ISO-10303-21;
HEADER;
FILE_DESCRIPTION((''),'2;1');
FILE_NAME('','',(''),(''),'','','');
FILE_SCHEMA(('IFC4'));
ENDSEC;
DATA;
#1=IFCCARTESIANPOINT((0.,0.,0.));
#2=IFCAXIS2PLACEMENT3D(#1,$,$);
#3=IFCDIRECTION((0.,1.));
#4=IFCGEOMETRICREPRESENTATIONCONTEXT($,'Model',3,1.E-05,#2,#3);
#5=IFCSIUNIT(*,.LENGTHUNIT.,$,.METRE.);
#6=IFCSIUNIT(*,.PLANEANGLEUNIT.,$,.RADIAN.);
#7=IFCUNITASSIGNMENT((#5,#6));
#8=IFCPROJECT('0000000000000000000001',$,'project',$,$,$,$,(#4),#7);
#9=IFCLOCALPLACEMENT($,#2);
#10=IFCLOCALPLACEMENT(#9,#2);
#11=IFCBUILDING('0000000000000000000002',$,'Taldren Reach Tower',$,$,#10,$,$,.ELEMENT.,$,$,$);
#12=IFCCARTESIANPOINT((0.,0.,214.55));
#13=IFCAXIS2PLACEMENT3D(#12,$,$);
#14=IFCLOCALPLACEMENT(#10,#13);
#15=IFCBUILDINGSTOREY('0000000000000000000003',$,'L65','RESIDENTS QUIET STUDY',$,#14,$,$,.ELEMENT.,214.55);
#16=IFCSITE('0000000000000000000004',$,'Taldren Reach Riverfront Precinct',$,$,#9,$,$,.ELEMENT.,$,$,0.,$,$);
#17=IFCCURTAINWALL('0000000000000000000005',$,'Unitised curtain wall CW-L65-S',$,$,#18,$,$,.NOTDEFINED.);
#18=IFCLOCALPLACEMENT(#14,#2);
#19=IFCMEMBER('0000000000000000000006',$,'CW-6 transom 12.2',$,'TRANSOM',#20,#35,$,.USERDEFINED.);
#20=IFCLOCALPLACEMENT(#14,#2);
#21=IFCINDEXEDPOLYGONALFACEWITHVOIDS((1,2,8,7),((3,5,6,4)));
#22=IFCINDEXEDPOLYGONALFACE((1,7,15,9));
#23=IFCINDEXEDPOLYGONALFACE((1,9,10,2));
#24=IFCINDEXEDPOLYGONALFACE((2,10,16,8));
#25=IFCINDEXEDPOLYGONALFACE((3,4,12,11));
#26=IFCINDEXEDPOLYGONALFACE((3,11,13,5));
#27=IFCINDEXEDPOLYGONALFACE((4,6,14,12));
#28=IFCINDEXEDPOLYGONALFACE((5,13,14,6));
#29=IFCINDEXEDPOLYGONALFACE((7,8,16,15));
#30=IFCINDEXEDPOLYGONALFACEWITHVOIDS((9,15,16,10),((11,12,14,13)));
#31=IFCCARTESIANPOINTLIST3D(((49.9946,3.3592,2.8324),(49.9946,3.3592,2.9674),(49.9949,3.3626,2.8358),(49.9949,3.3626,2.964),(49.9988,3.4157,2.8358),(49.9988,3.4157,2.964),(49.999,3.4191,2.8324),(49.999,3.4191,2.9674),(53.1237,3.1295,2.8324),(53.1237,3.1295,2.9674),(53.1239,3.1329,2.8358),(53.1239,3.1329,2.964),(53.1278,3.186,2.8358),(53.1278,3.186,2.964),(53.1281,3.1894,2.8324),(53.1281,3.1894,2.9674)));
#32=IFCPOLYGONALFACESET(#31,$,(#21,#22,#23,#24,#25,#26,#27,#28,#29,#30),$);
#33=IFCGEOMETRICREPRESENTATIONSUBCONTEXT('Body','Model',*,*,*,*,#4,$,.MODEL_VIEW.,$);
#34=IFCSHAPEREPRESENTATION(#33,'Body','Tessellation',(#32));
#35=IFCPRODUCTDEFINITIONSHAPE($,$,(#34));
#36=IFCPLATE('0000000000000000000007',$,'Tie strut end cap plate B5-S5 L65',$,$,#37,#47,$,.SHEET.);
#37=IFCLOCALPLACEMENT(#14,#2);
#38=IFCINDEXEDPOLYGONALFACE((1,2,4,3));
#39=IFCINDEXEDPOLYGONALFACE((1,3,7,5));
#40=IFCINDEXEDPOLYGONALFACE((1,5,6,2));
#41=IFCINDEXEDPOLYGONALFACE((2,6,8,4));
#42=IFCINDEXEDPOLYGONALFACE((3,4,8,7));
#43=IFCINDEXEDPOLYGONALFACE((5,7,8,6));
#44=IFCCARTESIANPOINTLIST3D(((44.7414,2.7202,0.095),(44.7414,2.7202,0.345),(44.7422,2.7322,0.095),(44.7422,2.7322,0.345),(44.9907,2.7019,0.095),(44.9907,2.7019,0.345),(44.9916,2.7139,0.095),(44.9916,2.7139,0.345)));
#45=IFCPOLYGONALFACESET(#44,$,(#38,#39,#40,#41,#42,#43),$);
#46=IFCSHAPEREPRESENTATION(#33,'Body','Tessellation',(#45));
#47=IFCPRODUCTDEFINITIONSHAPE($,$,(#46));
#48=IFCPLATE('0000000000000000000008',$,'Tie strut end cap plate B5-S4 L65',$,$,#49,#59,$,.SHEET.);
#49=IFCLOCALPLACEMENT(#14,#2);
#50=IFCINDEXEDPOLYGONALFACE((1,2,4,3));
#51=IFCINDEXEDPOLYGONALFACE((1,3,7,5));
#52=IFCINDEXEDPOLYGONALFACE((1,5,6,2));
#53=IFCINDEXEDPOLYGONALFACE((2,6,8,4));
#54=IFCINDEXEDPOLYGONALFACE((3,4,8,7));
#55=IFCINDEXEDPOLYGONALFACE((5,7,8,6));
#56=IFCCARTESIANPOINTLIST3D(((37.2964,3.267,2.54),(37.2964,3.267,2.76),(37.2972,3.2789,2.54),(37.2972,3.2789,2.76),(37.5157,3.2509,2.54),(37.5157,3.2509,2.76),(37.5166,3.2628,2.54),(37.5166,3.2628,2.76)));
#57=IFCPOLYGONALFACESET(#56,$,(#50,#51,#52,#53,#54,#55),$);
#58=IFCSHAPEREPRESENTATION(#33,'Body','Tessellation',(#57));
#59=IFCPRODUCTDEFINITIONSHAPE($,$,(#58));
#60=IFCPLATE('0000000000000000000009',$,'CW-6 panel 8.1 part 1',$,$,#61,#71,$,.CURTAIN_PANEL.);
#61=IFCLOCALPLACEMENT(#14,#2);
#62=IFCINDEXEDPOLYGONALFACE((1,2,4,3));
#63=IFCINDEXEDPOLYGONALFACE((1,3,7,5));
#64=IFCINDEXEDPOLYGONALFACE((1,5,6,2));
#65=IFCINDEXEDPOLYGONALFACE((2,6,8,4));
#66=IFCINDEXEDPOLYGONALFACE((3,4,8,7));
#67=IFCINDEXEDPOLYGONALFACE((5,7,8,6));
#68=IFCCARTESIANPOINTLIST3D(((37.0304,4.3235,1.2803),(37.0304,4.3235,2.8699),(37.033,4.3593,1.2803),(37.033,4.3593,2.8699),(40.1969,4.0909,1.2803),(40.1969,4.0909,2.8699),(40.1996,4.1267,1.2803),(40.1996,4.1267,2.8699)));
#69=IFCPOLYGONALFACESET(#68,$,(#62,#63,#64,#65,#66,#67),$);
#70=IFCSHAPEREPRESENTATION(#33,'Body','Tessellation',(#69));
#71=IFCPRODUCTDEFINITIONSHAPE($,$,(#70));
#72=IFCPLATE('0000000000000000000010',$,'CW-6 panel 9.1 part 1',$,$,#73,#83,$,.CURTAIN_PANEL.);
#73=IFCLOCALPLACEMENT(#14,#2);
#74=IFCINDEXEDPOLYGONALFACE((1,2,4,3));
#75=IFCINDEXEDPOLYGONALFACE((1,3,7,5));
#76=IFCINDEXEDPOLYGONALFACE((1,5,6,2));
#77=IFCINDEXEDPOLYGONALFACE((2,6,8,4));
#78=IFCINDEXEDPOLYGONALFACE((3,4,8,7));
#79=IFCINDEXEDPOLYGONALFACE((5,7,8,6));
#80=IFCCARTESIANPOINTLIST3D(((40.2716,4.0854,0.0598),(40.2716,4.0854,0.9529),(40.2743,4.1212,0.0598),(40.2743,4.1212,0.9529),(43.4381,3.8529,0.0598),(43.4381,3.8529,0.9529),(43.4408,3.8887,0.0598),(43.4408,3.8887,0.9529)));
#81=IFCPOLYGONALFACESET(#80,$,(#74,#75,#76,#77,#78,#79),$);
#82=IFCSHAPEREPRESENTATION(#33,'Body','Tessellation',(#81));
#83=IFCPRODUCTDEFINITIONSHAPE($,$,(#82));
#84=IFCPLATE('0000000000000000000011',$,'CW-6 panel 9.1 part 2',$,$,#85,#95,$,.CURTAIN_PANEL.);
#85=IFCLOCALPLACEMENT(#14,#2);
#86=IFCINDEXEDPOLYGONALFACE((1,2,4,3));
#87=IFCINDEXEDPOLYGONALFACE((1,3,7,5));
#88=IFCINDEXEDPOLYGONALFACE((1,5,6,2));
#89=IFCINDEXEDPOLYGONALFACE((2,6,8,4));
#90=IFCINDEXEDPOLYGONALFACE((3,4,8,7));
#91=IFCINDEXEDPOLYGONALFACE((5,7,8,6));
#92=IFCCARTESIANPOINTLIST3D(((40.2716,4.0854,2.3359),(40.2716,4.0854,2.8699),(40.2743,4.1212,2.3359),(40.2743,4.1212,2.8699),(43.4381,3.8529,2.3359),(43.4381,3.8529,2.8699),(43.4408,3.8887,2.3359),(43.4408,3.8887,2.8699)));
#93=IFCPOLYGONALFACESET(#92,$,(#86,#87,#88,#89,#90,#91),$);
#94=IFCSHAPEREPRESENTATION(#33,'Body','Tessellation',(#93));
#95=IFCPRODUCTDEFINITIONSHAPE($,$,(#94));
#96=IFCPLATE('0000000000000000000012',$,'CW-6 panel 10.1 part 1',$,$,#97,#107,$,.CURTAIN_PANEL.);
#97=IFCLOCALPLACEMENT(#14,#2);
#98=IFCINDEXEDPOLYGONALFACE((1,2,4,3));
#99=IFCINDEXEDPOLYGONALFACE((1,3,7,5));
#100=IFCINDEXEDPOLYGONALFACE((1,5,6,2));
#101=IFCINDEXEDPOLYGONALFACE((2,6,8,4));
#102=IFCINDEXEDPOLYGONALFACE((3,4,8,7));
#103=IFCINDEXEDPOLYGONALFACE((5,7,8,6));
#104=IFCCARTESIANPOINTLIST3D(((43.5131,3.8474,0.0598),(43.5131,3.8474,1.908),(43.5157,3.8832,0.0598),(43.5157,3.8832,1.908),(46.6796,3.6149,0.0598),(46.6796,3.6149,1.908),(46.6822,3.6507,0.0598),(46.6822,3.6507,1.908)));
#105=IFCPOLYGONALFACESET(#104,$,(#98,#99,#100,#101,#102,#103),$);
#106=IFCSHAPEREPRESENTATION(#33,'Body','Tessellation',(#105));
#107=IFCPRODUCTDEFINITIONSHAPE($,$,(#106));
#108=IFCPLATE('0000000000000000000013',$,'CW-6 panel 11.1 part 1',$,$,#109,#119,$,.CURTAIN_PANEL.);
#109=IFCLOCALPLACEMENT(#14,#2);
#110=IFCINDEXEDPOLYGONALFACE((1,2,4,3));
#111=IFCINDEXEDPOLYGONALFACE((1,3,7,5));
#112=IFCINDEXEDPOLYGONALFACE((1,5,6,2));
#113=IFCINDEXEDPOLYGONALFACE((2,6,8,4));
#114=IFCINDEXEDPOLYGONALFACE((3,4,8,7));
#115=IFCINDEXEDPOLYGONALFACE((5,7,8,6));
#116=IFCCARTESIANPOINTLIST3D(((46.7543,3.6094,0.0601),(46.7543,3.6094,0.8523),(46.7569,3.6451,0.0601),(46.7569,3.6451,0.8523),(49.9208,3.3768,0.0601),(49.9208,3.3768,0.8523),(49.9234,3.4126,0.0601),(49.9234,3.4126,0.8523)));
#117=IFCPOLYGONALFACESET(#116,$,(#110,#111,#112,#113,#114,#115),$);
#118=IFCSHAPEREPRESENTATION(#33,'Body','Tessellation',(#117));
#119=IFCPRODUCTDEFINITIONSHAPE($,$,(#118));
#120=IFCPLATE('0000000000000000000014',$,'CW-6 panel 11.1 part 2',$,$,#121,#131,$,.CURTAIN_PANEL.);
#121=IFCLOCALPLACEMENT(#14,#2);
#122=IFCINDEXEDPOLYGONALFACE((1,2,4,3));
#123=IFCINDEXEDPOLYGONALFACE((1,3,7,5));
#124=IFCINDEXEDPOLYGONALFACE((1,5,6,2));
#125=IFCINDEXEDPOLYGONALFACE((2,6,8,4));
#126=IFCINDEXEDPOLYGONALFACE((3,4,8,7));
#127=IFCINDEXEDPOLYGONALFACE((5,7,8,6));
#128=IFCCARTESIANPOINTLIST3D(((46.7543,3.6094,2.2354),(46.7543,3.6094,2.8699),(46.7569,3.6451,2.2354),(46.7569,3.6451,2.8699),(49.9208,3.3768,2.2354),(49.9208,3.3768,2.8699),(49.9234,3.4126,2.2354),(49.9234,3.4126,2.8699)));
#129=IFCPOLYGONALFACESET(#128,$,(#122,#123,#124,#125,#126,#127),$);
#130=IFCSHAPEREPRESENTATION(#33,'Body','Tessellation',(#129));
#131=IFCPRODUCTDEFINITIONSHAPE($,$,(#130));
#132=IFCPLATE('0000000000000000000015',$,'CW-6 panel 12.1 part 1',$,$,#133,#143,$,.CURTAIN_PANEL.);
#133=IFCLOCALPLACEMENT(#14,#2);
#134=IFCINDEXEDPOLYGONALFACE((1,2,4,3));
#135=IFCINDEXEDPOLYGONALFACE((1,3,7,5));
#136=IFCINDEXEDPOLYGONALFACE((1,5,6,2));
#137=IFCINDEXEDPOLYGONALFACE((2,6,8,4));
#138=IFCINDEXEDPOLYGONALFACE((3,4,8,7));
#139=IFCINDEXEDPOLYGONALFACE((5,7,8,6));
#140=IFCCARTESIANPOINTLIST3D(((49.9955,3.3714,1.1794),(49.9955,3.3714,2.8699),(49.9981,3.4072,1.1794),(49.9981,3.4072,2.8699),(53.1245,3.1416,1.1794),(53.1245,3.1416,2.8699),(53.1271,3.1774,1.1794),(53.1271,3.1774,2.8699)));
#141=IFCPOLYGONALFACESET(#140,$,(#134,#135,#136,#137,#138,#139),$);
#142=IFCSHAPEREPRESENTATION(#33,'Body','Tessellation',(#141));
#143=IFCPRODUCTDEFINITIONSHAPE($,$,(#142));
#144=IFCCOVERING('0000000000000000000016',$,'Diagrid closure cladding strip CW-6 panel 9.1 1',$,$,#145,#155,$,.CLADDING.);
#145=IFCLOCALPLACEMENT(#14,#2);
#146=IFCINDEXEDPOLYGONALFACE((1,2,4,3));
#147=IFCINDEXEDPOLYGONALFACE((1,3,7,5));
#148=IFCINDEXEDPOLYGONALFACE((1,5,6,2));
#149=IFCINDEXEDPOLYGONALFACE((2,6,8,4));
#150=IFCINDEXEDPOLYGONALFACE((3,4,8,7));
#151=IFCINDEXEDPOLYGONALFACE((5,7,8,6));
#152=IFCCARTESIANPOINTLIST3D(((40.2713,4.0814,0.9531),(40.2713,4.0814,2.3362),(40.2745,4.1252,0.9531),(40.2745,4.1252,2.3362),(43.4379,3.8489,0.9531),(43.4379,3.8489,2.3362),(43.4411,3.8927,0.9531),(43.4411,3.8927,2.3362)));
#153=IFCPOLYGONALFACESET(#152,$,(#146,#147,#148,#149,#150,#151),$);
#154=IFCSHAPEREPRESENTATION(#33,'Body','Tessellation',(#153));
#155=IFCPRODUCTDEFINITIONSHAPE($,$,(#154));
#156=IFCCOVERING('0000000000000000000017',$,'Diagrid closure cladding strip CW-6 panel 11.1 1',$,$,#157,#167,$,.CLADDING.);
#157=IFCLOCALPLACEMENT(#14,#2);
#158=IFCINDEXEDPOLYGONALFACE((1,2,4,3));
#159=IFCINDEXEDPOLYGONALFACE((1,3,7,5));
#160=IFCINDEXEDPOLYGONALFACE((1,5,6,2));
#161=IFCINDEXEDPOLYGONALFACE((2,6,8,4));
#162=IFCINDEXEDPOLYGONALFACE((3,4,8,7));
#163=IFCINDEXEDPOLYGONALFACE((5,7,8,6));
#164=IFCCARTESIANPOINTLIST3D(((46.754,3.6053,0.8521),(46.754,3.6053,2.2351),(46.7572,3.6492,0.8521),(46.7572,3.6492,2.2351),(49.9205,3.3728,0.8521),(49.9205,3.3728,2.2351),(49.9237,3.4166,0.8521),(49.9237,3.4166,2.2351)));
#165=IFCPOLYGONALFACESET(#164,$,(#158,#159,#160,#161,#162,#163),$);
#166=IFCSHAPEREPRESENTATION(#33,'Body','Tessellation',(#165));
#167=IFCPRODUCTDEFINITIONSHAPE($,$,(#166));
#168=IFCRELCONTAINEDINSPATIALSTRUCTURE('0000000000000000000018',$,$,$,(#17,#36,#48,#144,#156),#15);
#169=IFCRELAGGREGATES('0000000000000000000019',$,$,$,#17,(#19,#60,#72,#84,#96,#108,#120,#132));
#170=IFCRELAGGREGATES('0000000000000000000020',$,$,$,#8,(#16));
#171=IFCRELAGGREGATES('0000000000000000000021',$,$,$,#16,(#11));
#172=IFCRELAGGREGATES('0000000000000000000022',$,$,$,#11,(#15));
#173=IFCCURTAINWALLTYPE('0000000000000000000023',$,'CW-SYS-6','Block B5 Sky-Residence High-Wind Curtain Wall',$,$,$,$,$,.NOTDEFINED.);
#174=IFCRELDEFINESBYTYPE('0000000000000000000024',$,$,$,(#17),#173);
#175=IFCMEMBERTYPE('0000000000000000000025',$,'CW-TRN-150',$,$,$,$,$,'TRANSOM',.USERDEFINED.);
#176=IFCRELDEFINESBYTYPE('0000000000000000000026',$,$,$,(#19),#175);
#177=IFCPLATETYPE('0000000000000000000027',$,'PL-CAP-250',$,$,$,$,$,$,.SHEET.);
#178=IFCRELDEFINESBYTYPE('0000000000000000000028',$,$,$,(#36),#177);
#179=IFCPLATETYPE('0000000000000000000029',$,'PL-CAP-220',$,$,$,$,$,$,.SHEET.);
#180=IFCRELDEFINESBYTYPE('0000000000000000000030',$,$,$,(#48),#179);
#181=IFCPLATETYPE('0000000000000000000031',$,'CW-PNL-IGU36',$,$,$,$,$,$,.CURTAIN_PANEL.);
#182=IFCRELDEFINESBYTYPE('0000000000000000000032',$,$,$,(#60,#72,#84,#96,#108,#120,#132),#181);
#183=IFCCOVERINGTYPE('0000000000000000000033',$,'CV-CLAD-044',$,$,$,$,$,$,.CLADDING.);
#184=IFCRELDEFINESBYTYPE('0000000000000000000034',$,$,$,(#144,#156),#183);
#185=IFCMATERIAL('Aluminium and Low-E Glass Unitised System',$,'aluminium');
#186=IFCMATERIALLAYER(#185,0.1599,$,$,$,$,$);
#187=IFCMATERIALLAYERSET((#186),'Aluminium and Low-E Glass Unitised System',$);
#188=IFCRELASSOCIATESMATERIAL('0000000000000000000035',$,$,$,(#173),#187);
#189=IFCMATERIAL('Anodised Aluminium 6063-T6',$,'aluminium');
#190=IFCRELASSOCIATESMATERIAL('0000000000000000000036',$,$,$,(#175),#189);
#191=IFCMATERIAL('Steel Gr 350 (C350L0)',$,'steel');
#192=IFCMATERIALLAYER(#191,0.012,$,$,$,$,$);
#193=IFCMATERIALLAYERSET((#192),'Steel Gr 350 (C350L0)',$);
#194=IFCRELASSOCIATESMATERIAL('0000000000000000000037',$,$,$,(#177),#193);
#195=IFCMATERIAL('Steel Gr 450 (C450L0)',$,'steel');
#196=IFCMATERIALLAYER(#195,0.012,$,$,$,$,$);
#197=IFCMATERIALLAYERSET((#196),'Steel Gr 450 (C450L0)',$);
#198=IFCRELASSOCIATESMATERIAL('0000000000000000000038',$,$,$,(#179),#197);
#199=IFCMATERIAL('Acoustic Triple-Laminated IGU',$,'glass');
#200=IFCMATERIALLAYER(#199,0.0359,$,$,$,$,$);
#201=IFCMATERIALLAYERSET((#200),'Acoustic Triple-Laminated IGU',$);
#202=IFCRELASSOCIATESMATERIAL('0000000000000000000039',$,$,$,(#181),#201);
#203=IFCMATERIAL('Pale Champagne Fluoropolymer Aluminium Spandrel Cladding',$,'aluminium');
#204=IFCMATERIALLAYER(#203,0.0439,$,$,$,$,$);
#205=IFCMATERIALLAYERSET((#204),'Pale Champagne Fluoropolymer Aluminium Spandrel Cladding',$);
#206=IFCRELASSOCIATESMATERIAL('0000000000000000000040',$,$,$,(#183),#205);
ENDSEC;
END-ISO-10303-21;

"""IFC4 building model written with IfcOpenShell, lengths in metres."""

from ifc_helpers import new_model, si_unit, direction, frame, origin, origin_2d, place, context, subcontext, project, spatial, rectangle, hollow_rectangle, extrude, source, transform, mapped, material, layer, layer_set, material_profile, profile_set, type_object, element, aggregate, save


model = new_model("IFC4")

# Units and contexts
model_context = context("Model", 3, precision=1e-05, world=origin(), true_north=direction((0.0, 1.0)))
body_context = subcontext(model_context, "Body", "Model", "MODEL_VIEW")
ifc_project = project(units=[si_unit("LENGTHUNIT", "METRE"), si_unit("PLANEANGLEUNIT", "RADIAN")], contexts=[model_context])

# Site, building, storey
site_placement = place(None, origin())
site = spatial("IfcSite", under=ifc_project, at=site_placement, Name="Taldren Reach Riverfront Precinct", CompositionType="ELEMENT", RefElevation=0.0)
building_placement = place(site_placement, origin())
building = spatial("IfcBuilding", under=site, at=building_placement, Name="Taldren Reach Tower", CompositionType="ELEMENT")
storey_placement = place(building_placement, frame((0.0, 0.0, 214.55)))
storey = spatial("IfcBuildingStorey", under=building, at=storey_placement, Name="L65", Description="RESIDENTS QUIET STUDY", CompositionType="ELEMENT", Elevation=214.55)

# Shared definitions
ifc_material_1 = material(Name="Steel Gr 450 (C450L0)", Category="steel")
ifc_material_2 = material(Name="Steel Gr 350 (C350L0)", Category="steel")

# Curtain wall, member
ifc_material_3 = material(Name="Aluminium and Low-E Glass Unitised System", Category="aluminium")
ifc_layer_1 = layer(ifc_material_3, 0.1599)
ifc_layer_set_1 = layer_set([ifc_layer_1], Name="Aluminium and Low-E Glass Unitised System")
curtain_wall_type = type_object("IfcCurtainWallType", Name="CW-SYS-6", Description="Block B5 Sky-Residence High-Wind Curtain Wall", PredefinedType="NOTDEFINED", material=ifc_layer_set_1)
curtain_wall_placement = place(storey_placement, origin())
curtain_wall = element("IfcCurtainWall", 1, at=curtain_wall_placement, inside=storey, type_object=curtain_wall_type, Name="Unitised curtain wall CW-L65-S", PredefinedType="NOTDEFINED")
ifc_material_4 = material(Name="Anodised Aluminium 6063-T6", Category="aluminium")
ifc_material_profile_1 = material_profile(ifc_material_4, hollow_rectangle(XDim=0.0601, YDim=0.135, WallThickness=0.0034, at=origin_2d()), Name="ALU-135x60x3.5RHS")
ifc_profile_set_1 = profile_set([ifc_material_profile_1], Name="Anodised Aluminium 6063-T6")
member_type_1 = type_object("IfcMemberType", Name="CW-TRN-150", ElementType="TRANSOM", PredefinedType="USERDEFINED", material=ifc_profile_set_1)
shared_shape_1 = source(origin(), body_context, "Body", "SweptSolid", [
    extrude(hollow_rectangle(XDim=0.0601, YDim=0.135, WallThickness=0.0034, at=origin_2d()), origin(), (0.0, 0.0, 1.0), 3.1375),
])
member_1_placement = place(storey_placement, frame((49.9968, 3.3892, 2.8999), z_axis=(0.997316, -0.073221, 0.0), x_axis=(0.073221, 0.997316, 0.0)))
member_1 = element("IfcMember", 2, at=member_1_placement, type_object=member_type_1, Name="CW-6 transom 12.2", ObjectType="TRANSOM", PredefinedType="USERDEFINED", context=body_context, shape_type="MappedRepresentation", body=[
    mapped(shared_shape_1, transform((0.0, 0.0, 0.0), scale=1.0)),
])

# Plates
ifc_layer_2 = layer(ifc_material_2, 0.012)
ifc_layer_set_2 = layer_set([ifc_layer_2], Name="Steel Gr 350 (C350L0)")
plate_type_1 = type_object("IfcPlateType", Name="PL-CAP-250", PredefinedType="SHEET", material=ifc_layer_set_2)
shared_shape_2 = source(origin(), body_context, "Body", "SweptSolid", [
    extrude(rectangle(XDim=0.25, YDim=0.012, at=origin_2d()), origin(), (0.0, 0.0, 1.0), 0.25),
])
plate_1_placement = place(storey_placement, frame((44.8665, 2.717, 0.095), z_axis=(0.0, 0.0, 1.0), x_axis=(0.997314, -0.073238, 0.0)))
element("IfcPlate", 3, at=plate_1_placement, inside=storey, type_object=plate_type_1, Name="Tie strut end cap plate B5-S5 L65", PredefinedType="SHEET", context=body_context, shape_type="MappedRepresentation", body=[
    mapped(shared_shape_2, transform((0.0, 0.0, 0.0), scale=1.0)),
])
ifc_layer_3 = layer(ifc_material_1, 0.012)
ifc_layer_set_3 = layer_set([ifc_layer_3], Name="Steel Gr 450 (C450L0)")
plate_type_2 = type_object("IfcPlateType", Name="PL-CAP-220", PredefinedType="SHEET", material=ifc_layer_set_3)
shared_shape_3 = source(origin(), body_context, "Body", "SweptSolid", [
    extrude(rectangle(XDim=0.22, YDim=0.012, at=origin_2d()), origin(), (0.0, 0.0, 1.0), 0.22),
])
plate_2_placement = place(storey_placement, frame((37.4065, 3.2649, 2.54), z_axis=(0.0, 0.0, 1.0), x_axis=(0.997314, -0.073238, 0.0)))
element("IfcPlate", 4, at=plate_2_placement, inside=storey, type_object=plate_type_2, Name="Tie strut end cap plate B5-S4 L65", PredefinedType="SHEET", context=body_context, shape_type="MappedRepresentation", body=[
    mapped(shared_shape_3, transform((0.0, 0.0, 0.0), scale=1.0)),
])

# Plates
ifc_material_5 = material(Name="Acoustic Triple-Laminated IGU", Category="glass")
ifc_layer_4 = layer(ifc_material_5, 0.0359)
ifc_layer_set_4 = layer_set([ifc_layer_4], Name="Acoustic Triple-Laminated IGU")
plate_type_3 = type_object("IfcPlateType", Name="CW-PNL-IGU36", PredefinedType="CURTAIN_PANEL", material=ifc_layer_set_4)
shared_shape_4 = source(origin(), body_context, "Body", "SweptSolid", [
    extrude(rectangle(XDim=3.175, YDim=0.0359, at=origin_2d()), origin(), (0.0, 0.0, 1.0), 1.5896),
])
plate_3_placement = place(storey_placement, frame((38.615, 4.2251, 1.2803), z_axis=(0.0, 0.0, 1.0), x_axis=(0.997314, -0.073238, 0.0)))
plate_3 = element("IfcPlate", 5, at=plate_3_placement, type_object=plate_type_3, Name="CW-6 panel 8.1 part 1", PredefinedType="CURTAIN_PANEL", context=body_context, shape_type="MappedRepresentation", body=[
    mapped(shared_shape_4, transform((0.0, 0.0, 0.0), scale=1.0)),
])
shared_shape_5 = source(origin(), body_context, "Body", "SweptSolid", [
    extrude(rectangle(XDim=3.175, YDim=0.0359, at=origin_2d()), origin(), (0.0, 0.0, 1.0), 0.8931),
])
plate_4_placement = place(storey_placement, frame((41.8562, 3.9871, 0.0598), z_axis=(0.0, 0.0, 1.0), x_axis=(0.997314, -0.073238, 0.0)))
plate_4 = element("IfcPlate", 6, at=plate_4_placement, type_object=plate_type_3, Name="CW-6 panel 9.1 part 1", PredefinedType="CURTAIN_PANEL", context=body_context, shape_type="MappedRepresentation", body=[
    mapped(shared_shape_5, transform((0.0, 0.0, 0.0), scale=1.0)),
])
shared_shape_6 = source(origin(), body_context, "Body", "SweptSolid", [
    extrude(rectangle(XDim=3.175, YDim=0.0359, at=origin_2d()), origin(), (0.0, 0.0, 1.0), 0.5339),
])
plate_5_placement = place(storey_placement, frame((41.8562, 3.9871, 2.3359), z_axis=(0.0, 0.0, 1.0), x_axis=(0.997314, -0.073238, 0.0)))
plate_5 = element("IfcPlate", 7, at=plate_5_placement, type_object=plate_type_3, Name="CW-6 panel 9.1 part 2", PredefinedType="CURTAIN_PANEL", context=body_context, shape_type="MappedRepresentation", body=[
    mapped(shared_shape_6, transform((0.0, 0.0, 0.0), scale=1.0)),
])
shared_shape_7 = source(origin(), body_context, "Body", "SweptSolid", [
    extrude(rectangle(XDim=3.175, YDim=0.0359, at=origin_2d()), origin(), (0.0, 0.0, 1.0), 1.8481),
])
plate_6_placement = place(storey_placement, frame((45.0977, 3.749, 0.0598), z_axis=(0.0, 0.0, 1.0), x_axis=(0.997314, -0.073238, 0.0)))
plate_6 = element("IfcPlate", 8, at=plate_6_placement, type_object=plate_type_3, Name="CW-6 panel 10.1 part 1", PredefinedType="CURTAIN_PANEL", context=body_context, shape_type="MappedRepresentation", body=[
    mapped(shared_shape_7, transform((0.0, 0.0, 0.0), scale=1.0)),
])
shared_shape_8 = source(origin(), body_context, "Body", "SweptSolid", [
    extrude(rectangle(XDim=3.175, YDim=0.0359, at=origin_2d()), origin(), (0.0, 0.0, 1.0), 0.7922),
])
plate_7_placement = place(storey_placement, frame((48.3389, 3.511, 0.0601), z_axis=(0.0, 0.0, 1.0), x_axis=(0.997314, -0.073238, 0.0)))
plate_7 = element("IfcPlate", 9, at=plate_7_placement, type_object=plate_type_3, Name="CW-6 panel 11.1 part 1", PredefinedType="CURTAIN_PANEL", context=body_context, shape_type="MappedRepresentation", body=[
    mapped(shared_shape_8, transform((0.0, 0.0, 0.0), scale=1.0)),
])
shared_shape_9 = source(origin(), body_context, "Body", "SweptSolid", [
    extrude(rectangle(XDim=3.175, YDim=0.0359, at=origin_2d()), origin(), (0.0, 0.0, 1.0), 0.6345),
])
plate_8_placement = place(storey_placement, frame((48.3389, 3.511, 2.2354), z_axis=(0.0, 0.0, 1.0), x_axis=(0.997314, -0.073238, 0.0)))
plate_8 = element("IfcPlate", 10, at=plate_8_placement, type_object=plate_type_3, Name="CW-6 panel 11.1 part 2", PredefinedType="CURTAIN_PANEL", context=body_context, shape_type="MappedRepresentation", body=[
    mapped(shared_shape_9, transform((0.0, 0.0, 0.0), scale=1.0)),
])
shared_shape_10 = source(origin(), body_context, "Body", "SweptSolid", [
    extrude(rectangle(XDim=3.1375, YDim=0.0359, at=origin_2d()), origin(), (0.0, 0.0, 1.0), 1.6904),
])
plate_9_placement = place(storey_placement, frame((51.5613, 3.2744, 1.1794), z_axis=(0.0, 0.0, 1.0), x_axis=(0.997314, -0.073238, 0.0)))
plate_9 = element("IfcPlate", 11, at=plate_9_placement, type_object=plate_type_3, Name="CW-6 panel 12.1 part 1", PredefinedType="CURTAIN_PANEL", context=body_context, shape_type="MappedRepresentation", body=[
    mapped(shared_shape_10, transform((0.0, 0.0, 0.0), scale=1.0)),
])
aggregate(curtain_wall, [member_1, plate_3, plate_4, plate_5, plate_6, plate_7, plate_8, plate_9])

# Coverings
ifc_material_6 = material(Name="Pale Champagne Fluoropolymer Aluminium Spandrel Cladding", Category="aluminium")
ifc_layer_5 = layer(ifc_material_6, 0.0439)
ifc_layer_set_5 = layer_set([ifc_layer_5], Name="Pale Champagne Fluoropolymer Aluminium Spandrel Cladding")
covering_type = type_object("IfcCoveringType", Name="CV-CLAD-044", PredefinedType="CLADDING", material=ifc_layer_set_5)
shared_shape_11 = source(origin(), body_context, "Body", "SweptSolid", [
    extrude(rectangle(XDim=3.175, YDim=0.0439, at=origin_2d()), origin(), (0.0, 0.0, 1.0), 1.3831),
])
for number, where, z_axis, x_axis, name in (
    (12, (41.8562, 3.9871, 0.9531), (0.0, 0.0, 1.0), (0.997314, -0.073238, 0.0), "Diagrid closure cladding strip CW-6 panel 9.1 1"),
    (13, (48.3389, 3.511, 0.8521), (0.0, 0.0, 1.0), (0.997314, -0.073238, 0.0), "Diagrid closure cladding strip CW-6 panel 11.1 1"),
):
    element("IfcCovering", number, at=place(storey_placement, frame(where, z_axis=z_axis, x_axis=x_axis)), inside=storey, type_object=covering_type, Name=name, PredefinedType="CLADDING", context=body_context, shape_type="MappedRepresentation", body=[
        mapped(shared_shape_11, transform((0.0, 0.0, 0.0), scale=1.0)),
    ])

save(model, "model.ifc")
